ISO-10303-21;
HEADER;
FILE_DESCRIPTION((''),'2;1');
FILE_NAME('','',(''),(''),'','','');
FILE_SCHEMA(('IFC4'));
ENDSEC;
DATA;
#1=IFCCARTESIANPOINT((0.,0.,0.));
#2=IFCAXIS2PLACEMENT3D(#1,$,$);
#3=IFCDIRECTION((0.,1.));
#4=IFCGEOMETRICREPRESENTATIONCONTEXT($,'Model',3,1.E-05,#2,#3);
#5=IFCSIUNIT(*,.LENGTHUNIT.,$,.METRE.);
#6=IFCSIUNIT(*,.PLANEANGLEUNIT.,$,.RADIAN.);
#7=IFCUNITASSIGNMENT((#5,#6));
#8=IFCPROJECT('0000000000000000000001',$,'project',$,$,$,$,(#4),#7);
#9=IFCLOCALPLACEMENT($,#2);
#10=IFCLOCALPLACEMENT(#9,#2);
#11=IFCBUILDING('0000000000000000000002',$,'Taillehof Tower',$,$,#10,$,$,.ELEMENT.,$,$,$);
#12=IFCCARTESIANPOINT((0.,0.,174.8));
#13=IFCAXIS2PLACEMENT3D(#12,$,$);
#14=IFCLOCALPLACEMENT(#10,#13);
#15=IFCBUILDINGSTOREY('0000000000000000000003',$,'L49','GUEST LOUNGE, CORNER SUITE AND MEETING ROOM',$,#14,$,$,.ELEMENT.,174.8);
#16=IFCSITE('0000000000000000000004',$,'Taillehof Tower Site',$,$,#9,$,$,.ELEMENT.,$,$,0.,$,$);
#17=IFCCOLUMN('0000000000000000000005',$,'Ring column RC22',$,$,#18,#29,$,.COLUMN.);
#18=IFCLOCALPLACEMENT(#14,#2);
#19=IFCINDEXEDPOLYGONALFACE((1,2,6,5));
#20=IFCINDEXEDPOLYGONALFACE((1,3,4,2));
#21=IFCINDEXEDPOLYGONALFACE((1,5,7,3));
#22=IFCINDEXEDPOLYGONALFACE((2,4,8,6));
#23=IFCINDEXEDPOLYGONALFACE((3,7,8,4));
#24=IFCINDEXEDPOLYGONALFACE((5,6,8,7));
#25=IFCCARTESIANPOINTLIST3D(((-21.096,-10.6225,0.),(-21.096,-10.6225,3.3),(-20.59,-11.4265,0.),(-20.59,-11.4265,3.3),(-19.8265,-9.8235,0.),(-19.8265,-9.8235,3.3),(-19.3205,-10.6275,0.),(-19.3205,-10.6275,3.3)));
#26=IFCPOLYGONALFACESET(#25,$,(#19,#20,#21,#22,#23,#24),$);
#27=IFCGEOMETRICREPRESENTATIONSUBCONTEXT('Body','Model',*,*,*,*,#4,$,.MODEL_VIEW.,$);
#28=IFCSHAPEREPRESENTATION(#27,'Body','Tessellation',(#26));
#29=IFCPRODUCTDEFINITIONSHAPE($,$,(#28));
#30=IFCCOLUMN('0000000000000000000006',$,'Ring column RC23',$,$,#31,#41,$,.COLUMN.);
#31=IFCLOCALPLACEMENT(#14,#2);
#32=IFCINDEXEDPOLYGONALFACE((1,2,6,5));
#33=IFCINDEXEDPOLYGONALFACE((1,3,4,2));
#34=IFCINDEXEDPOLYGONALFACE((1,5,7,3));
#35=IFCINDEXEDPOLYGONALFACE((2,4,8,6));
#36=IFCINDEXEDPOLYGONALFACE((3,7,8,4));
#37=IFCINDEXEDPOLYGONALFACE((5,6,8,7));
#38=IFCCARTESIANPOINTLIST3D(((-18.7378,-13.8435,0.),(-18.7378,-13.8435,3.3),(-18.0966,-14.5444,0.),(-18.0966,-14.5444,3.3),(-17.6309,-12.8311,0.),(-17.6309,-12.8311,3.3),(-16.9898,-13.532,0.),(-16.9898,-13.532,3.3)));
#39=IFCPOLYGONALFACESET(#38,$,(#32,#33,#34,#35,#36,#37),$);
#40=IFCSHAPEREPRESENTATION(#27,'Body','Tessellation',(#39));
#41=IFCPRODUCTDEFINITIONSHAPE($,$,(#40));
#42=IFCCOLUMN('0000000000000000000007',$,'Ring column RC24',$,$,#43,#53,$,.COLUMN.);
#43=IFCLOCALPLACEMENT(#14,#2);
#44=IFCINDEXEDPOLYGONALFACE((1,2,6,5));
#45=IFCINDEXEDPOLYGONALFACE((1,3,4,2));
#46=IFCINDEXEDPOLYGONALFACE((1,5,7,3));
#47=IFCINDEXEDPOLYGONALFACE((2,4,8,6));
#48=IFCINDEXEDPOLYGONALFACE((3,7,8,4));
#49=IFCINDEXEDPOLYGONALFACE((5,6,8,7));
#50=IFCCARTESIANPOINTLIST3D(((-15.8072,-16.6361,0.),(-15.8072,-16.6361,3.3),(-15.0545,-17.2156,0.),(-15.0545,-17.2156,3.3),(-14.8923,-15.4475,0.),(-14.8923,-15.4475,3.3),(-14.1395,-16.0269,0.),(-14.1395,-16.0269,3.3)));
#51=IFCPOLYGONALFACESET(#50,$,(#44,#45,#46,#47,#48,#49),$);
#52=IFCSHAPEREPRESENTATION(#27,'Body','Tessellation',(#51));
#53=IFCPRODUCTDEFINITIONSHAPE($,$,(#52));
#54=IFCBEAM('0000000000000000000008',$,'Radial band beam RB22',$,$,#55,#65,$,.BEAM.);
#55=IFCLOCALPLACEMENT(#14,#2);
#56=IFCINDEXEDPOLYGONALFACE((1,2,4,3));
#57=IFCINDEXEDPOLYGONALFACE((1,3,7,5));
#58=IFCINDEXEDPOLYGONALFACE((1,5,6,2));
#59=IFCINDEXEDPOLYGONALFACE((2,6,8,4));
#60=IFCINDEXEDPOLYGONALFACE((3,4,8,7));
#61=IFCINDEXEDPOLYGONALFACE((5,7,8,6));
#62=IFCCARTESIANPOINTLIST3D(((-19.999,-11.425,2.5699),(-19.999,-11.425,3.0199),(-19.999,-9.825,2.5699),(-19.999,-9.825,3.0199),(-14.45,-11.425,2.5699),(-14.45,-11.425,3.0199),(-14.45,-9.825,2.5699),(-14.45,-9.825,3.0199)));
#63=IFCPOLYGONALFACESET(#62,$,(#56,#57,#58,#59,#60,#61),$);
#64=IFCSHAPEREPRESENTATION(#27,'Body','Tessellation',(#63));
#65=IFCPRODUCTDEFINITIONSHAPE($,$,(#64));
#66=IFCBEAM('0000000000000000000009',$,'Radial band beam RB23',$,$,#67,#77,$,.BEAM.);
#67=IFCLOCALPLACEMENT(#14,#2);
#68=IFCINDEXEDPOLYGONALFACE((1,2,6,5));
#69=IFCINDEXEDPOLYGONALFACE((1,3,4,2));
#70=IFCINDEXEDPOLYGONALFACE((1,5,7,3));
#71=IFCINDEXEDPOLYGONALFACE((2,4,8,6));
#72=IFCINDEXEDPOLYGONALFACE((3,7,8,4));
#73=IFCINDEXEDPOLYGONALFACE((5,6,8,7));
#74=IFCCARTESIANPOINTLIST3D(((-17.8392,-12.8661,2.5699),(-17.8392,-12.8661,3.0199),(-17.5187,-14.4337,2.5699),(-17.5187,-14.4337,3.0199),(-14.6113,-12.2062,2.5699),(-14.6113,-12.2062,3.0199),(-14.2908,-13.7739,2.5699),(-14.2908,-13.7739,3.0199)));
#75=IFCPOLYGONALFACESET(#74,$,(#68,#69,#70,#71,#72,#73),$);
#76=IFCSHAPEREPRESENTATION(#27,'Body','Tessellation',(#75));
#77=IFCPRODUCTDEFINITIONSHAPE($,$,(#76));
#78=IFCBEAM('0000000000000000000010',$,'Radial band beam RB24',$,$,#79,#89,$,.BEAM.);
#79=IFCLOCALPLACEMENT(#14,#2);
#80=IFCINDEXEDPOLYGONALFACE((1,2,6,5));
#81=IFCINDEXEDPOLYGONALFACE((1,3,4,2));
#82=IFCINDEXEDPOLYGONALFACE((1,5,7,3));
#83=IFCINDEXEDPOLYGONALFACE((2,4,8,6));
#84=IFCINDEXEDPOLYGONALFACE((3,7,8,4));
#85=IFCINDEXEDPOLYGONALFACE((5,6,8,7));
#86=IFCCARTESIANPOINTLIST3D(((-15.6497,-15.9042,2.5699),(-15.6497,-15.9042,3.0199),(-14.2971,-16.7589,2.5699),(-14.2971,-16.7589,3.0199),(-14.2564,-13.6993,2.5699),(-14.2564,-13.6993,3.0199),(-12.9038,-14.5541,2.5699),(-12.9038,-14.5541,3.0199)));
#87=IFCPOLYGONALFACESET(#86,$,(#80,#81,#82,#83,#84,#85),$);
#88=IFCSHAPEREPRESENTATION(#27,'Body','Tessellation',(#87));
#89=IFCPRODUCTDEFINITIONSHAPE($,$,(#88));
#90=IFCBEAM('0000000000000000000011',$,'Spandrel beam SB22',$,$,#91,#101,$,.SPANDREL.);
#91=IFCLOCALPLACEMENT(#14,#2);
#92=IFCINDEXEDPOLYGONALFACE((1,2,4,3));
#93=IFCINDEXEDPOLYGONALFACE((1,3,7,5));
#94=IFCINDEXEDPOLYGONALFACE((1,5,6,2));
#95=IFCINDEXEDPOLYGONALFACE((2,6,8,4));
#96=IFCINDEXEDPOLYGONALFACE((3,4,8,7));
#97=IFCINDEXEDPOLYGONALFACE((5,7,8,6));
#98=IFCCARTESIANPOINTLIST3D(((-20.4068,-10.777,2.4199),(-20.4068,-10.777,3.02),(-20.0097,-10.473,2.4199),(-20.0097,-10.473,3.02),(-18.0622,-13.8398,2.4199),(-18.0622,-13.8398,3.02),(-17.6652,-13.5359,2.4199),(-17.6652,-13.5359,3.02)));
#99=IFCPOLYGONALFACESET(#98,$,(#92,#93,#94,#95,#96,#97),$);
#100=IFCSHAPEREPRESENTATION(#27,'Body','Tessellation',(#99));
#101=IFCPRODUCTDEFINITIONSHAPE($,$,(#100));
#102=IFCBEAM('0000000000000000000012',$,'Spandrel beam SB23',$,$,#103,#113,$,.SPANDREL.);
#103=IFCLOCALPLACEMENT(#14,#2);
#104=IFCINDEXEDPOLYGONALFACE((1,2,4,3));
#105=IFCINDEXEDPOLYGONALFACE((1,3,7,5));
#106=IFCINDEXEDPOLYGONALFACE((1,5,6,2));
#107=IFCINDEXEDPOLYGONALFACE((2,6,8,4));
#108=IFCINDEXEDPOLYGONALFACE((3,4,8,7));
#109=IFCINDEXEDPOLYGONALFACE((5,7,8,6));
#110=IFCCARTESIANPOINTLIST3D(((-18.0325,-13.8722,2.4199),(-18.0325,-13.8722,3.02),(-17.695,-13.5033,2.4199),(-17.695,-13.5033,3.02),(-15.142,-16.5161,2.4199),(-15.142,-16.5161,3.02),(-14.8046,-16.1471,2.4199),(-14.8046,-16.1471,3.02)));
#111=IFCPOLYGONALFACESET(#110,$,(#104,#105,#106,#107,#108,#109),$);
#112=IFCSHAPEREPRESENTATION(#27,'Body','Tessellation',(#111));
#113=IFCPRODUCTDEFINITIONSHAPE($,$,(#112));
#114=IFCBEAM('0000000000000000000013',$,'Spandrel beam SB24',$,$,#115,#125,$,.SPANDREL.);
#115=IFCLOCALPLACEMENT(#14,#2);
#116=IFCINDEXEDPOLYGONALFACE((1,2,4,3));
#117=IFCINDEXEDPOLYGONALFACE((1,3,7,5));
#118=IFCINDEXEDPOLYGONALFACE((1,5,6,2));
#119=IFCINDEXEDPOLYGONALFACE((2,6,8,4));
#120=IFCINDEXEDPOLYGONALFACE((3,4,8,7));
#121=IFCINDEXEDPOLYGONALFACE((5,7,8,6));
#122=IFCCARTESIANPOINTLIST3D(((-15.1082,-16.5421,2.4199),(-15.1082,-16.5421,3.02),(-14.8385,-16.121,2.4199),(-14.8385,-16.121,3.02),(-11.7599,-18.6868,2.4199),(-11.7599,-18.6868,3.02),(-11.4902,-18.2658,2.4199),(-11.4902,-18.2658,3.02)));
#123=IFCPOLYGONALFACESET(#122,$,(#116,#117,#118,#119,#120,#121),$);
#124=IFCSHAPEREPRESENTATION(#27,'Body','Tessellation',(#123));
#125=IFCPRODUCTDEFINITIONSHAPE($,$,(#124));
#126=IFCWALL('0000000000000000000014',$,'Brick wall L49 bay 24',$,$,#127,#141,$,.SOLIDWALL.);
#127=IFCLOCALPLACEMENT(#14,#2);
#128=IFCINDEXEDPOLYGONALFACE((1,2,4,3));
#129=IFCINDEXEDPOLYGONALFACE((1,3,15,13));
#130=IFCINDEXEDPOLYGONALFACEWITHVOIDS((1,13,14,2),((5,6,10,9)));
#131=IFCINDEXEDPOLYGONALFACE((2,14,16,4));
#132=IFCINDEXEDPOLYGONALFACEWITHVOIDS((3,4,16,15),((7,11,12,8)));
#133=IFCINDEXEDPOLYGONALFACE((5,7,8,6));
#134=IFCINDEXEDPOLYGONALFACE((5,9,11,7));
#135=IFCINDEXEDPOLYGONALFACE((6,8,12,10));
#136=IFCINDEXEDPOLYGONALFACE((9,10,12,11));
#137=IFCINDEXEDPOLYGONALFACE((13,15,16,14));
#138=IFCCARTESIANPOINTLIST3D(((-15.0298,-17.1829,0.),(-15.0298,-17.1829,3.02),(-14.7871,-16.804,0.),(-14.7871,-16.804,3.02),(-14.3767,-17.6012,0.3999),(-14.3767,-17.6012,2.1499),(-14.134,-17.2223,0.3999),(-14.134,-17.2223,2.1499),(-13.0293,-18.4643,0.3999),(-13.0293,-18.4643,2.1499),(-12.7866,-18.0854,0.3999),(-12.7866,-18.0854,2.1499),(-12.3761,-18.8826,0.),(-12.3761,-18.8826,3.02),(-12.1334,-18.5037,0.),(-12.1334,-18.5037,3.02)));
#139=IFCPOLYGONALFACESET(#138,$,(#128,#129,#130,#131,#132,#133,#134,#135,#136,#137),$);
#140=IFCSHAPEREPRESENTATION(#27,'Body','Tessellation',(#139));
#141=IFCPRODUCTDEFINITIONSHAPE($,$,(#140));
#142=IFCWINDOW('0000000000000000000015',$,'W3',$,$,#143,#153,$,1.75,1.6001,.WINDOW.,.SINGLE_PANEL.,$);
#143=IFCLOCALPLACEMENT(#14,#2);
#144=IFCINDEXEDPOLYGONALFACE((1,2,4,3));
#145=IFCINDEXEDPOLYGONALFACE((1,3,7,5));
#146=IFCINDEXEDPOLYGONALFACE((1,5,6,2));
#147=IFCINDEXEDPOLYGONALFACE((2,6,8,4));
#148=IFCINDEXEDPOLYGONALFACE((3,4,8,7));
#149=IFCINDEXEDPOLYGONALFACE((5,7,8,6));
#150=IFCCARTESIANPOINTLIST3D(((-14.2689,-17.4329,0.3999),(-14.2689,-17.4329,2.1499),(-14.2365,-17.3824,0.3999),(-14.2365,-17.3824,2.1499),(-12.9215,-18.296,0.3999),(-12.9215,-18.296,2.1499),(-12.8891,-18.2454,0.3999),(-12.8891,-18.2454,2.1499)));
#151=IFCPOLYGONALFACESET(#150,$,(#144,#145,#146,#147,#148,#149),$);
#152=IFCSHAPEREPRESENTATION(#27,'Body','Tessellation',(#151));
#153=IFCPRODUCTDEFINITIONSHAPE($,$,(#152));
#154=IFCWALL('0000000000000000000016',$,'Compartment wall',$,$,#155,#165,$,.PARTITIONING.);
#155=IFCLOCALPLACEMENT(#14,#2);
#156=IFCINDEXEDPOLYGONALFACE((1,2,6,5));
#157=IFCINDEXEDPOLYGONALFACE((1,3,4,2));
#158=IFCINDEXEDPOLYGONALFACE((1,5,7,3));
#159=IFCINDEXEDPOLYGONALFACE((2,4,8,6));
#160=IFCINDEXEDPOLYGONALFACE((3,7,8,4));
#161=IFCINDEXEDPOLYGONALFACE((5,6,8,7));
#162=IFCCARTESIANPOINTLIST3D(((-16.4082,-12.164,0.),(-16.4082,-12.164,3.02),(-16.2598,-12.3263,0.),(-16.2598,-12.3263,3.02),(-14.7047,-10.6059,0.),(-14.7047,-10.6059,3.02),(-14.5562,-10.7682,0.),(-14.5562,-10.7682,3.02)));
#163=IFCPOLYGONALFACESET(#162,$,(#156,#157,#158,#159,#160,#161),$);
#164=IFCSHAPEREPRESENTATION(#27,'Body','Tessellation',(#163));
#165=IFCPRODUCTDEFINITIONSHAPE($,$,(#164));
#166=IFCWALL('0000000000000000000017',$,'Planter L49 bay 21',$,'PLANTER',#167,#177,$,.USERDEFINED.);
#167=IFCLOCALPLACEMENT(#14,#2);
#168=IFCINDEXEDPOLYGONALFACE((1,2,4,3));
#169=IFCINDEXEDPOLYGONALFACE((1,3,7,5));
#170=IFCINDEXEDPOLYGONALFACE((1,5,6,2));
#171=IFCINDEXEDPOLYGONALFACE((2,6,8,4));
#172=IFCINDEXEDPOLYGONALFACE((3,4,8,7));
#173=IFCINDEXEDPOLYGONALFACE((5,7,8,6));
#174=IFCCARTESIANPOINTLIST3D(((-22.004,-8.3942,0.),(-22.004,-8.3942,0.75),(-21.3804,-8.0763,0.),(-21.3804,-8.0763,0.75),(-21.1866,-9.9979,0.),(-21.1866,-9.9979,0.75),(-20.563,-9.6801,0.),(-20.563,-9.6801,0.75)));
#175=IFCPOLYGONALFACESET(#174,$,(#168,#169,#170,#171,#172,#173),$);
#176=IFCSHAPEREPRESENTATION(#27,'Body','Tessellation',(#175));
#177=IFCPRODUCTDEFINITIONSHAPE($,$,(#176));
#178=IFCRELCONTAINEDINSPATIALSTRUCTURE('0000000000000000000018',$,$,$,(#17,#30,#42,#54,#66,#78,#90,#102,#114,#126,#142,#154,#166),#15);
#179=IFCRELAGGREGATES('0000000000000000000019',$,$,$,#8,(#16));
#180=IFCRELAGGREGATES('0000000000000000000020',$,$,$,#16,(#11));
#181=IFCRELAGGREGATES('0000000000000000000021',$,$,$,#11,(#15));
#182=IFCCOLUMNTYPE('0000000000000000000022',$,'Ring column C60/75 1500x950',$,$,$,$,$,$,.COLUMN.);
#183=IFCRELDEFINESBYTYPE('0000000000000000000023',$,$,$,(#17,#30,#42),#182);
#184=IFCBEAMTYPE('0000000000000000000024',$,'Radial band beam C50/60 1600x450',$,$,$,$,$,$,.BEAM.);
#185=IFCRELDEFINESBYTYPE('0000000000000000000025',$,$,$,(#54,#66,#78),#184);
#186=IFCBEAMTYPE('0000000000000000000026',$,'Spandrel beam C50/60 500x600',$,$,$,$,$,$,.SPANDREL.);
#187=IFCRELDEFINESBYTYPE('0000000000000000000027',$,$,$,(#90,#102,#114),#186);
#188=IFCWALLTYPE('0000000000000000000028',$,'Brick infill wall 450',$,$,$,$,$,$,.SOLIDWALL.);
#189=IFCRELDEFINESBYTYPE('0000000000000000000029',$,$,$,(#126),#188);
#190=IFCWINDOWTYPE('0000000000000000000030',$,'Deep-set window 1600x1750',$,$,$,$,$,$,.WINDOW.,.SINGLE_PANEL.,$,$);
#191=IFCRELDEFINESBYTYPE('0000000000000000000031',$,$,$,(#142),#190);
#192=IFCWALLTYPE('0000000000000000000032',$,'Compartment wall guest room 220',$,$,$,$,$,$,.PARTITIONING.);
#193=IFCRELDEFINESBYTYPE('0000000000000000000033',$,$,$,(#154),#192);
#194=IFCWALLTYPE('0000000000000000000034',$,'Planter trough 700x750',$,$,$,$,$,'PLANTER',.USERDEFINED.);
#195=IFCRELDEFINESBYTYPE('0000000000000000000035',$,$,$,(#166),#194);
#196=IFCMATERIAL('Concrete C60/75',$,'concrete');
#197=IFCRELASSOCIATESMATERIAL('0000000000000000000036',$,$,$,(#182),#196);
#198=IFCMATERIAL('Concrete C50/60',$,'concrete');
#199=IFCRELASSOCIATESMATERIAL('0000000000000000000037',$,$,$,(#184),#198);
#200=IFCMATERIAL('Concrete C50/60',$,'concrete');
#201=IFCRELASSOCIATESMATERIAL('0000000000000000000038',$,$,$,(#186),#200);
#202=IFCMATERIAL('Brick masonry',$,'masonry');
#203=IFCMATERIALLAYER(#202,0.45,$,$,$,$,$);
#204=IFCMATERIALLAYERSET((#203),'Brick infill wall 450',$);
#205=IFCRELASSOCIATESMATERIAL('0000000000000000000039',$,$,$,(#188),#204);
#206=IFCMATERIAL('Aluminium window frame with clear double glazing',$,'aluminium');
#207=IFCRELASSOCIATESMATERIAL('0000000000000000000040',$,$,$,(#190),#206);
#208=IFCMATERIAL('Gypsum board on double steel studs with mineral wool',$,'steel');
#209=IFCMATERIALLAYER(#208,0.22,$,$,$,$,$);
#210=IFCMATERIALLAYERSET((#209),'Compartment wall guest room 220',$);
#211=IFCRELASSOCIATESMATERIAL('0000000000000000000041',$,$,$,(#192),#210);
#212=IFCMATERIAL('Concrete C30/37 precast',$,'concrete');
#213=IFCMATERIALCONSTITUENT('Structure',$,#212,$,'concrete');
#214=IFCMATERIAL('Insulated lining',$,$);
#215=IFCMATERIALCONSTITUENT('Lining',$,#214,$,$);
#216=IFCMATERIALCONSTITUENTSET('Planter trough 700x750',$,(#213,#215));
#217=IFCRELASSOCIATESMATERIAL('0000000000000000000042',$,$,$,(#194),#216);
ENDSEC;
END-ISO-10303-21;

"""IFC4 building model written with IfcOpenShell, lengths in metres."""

from ifc_helpers import new_model, si_unit, direction, frame, frame_2d, origin, origin_2d, place, context, subcontext, project, spatial, rectangle, extrude, material, layer, layer_set, constituent, constituent_set, material_profile, profile_set, type_object, element, fill, save


model = new_model("IFC4")

# Units and contexts
model_context = context("Model", 3, precision=1e-05, world=origin(), true_north=direction((0.0, 1.0)))
body_context = subcontext(model_context, "Body", "Model", "MODEL_VIEW")
ifc_project = project(units=[si_unit("LENGTHUNIT", "METRE"), si_unit("PLANEANGLEUNIT", "RADIAN")], contexts=[model_context])

# Site, building, storey
site_placement = place(None, origin())
site = spatial("IfcSite", under=ifc_project, at=site_placement, Name="Taillehof Tower Site", CompositionType="ELEMENT", RefElevation=0.0)
building_placement = place(site_placement, origin())
building = spatial("IfcBuilding", under=site, at=building_placement, Name="Taillehof Tower", CompositionType="ELEMENT")
storey_placement = place(building_placement, frame((0.0, 0.0, 174.8)))
storey = spatial("IfcBuildingStorey", under=building, at=storey_placement, Name="L49", Description="GUEST LOUNGE, CORNER SUITE AND MEETING ROOM", CompositionType="ELEMENT", Elevation=174.8)

# Columns
ifc_material_1 = material(Name="Concrete C60/75", Category="concrete")
ifc_material_profile_1 = material_profile(ifc_material_1, rectangle(XDim=1.5, YDim=0.95, at=origin_2d()), Name="RC 1500x950")
ifc_profile_set_1 = profile_set([ifc_material_profile_1], Name="Concrete C60/75")
column_type = type_object("IfcColumnType", Name="Ring column C60/75 1500x950", PredefinedType="COLUMN", material=ifc_profile_set_1)
for number, where, z_axis, x_axis, name in (
    (1, (-20.2083, -10.625, 0.0), (0.0, 0.0, 1.0), (-0.846334, -0.532652, 0.0), "Ring column RC22"),
    (2, (-17.8638, -13.6877, 0.0), (0.0, 0.0, 1.0), (-0.737879, -0.674933, 0.0), "Ring column RC23"),
    (3, (-14.9734, -16.3315, 0.0), (0.0, 0.0, 1.0), (-0.609971, -0.792424, 0.0), "Ring column RC24"),
):
    element("IfcColumn", number, at=place(storey_placement, frame(where, z_axis=z_axis, x_axis=x_axis)), inside=storey, type_object=column_type, Name=name, PredefinedType="COLUMN", context=body_context, shape_type="SweptSolid", body=[
        extrude(rectangle(XDim=1.5, YDim=0.95, at=origin_2d()), origin(), (0.0, 0.0, 1.0), 3.3),
    ])

# Beams
ifc_material_2 = material(Name="Concrete C50/60", Category="concrete")
ifc_material_profile_2 = material_profile(ifc_material_2, rectangle(XDim=1.6001, YDim=0.45, at=origin_2d()), Name="RC 1600x450")
ifc_profile_set_2 = profile_set([ifc_material_profile_2], Name="Concrete C50/60")
beam_type_1 = type_object("IfcBeamType", Name="Radial band beam C50/60 1600x450", PredefinedType="BEAM", material=ifc_profile_set_2)
beam_1_placement = place(storey_placement, frame((-19.999, -10.625, 2.7949), z_axis=(1.0, 0.0, 0.0), x_axis=(0.0, 1.0, 0.0)))
element("IfcBeam", 4, at=beam_1_placement, inside=storey, type_object=beam_type_1, Name="Radial band beam RB22", PredefinedType="BEAM", context=body_context, shape_type="SweptSolid", body=[
    extrude(rectangle(XDim=1.6001, YDim=0.45, at=origin_2d()), origin(), (0.0, 0.0, 1.0), 5.5491),
])
beam_2_placement = place(storey_placement, frame((-17.679, -13.6499, 2.7949), z_axis=(0.979737, 0.20029, 0.0), x_axis=(-0.20029, 0.979737, 0.0)))
element("IfcBeam", 5, at=beam_2_placement, inside=storey, type_object=beam_type_1, Name="Radial band beam RB23", PredefinedType="BEAM", context=body_context, shape_type="SweptSolid", body=[
    extrude(rectangle(XDim=1.6001, YDim=0.45, at=origin_2d()), origin(), (0.0, 0.0, 1.0), 3.2947),
])
beam_3_placement = place(storey_placement, frame((-14.9734, -16.3315, 2.7949), z_axis=(0.534208, 0.845353, 0.0), x_axis=(-0.845353, 0.534208, 0.0)))
element("IfcBeam", 6, at=beam_3_placement, inside=storey, type_object=beam_type_1, Name="Radial band beam RB24", PredefinedType="BEAM", context=body_context, shape_type="SweptSolid", body=[
    extrude(rectangle(XDim=1.6001, YDim=0.45, at=origin_2d()), origin(), (0.0, 0.0, 1.0), 2.6082),
])
ifc_material_3 = material(Name="Concrete C50/60", Category="concrete")
ifc_material_profile_3 = material_profile(ifc_material_3, rectangle(XDim=0.5, YDim=0.6001, at=origin_2d()), Name="RC 500x600")
ifc_profile_set_3 = profile_set([ifc_material_profile_3], Name="Concrete C50/60")
beam_type_2 = type_object("IfcBeamType", Name="Spandrel beam C50/60 500x600", PredefinedType="SPANDREL", material=ifc_profile_set_3)
beam_4_placement = place(storey_placement, frame((-20.2083, -10.625, 2.72), z_axis=(0.60784, -0.794059, 0.0), x_axis=(0.794059, 0.60784, 0.0)))
element("IfcBeam", 7, at=beam_4_placement, inside=storey, type_object=beam_type_2, Name="Spandrel beam SB22", PredefinedType="SPANDREL", context=body_context, shape_type="SweptSolid", body=[
    extrude(rectangle(XDim=0.5, YDim=0.6001, at=origin_2d()), origin(), (0.0, 0.0, 1.0), 3.8572),
])
beam_5_placement = place(storey_placement, frame((-17.8638, -13.6877, 2.72), z_axis=(0.737881, -0.674931, 0.0), x_axis=(0.674931, 0.737881, 0.0)))
element("IfcBeam", 8, at=beam_5_placement, inside=storey, type_object=beam_type_2, Name="Spandrel beam SB23", PredefinedType="SPANDREL", context=body_context, shape_type="SweptSolid", body=[
    extrude(rectangle(XDim=0.5, YDim=0.6001, at=origin_2d()), origin(), (0.0, 0.0, 1.0), 3.9172),
])
beam_6_placement = place(storey_placement, frame((-14.9734, -16.3315, 2.72), z_axis=(0.842065, -0.539376, 0.0), x_axis=(0.539376, 0.842065, 0.0)))
element("IfcBeam", 9, at=beam_6_placement, inside=storey, type_object=beam_type_2, Name="Spandrel beam SB24", PredefinedType="SPANDREL", context=body_context, shape_type="SweptSolid", body=[
    extrude(rectangle(XDim=0.5, YDim=0.6001, at=origin_2d()), origin(), (0.0, 0.0, 1.0), 3.9763),
])

# Wall, opening, window
ifc_material_4 = material(Name="Brick masonry", Category="masonry")
ifc_layer_1 = layer(ifc_material_4, 0.45)
ifc_layer_set_1 = layer_set([ifc_layer_1], Name="Brick infill wall 450")
wall_type_1 = type_object("IfcWallType", Name="Brick infill wall 450", PredefinedType="SOLIDWALL", material=ifc_layer_set_1)
wall_1_placement = place(storey_placement, frame((-14.9084, -16.9934, 0.0), z_axis=(0.0, 0.0, 1.0), x_axis=(0.842066, -0.539375, 0.0)))
wall_1 = element("IfcWall", 10, at=wall_1_placement, inside=storey, type_object=wall_type_1, Name="Brick wall L49 bay 24", PredefinedType="SOLIDWALL", context=body_context, shape_type="SweptSolid", body=[
    extrude(rectangle(XDim=3.1514, YDim=0.45, at=frame_2d((1.5757, 0.0))), origin(), (0.0, 0.0, 1.0), 3.02),
])
opening_1_placement = place(wall_1_placement, frame((0.7756, 0.0, 0.3999)))
opening_1 = element("IfcOpeningElement", 11, at=opening_1_placement, cuts=wall_1, PredefinedType="OPENING", context=body_context, shape_type="SweptSolid", body=[
    extrude(rectangle(XDim=1.6001, YDim=1.75, at=frame_2d((0.8, 0.875))), frame((0.0, 0.2349, 0.0), z_axis=(0.0, -1.0, 0.0), x_axis=(1.0, 0.0, 0.0)), (0.0, 0.0, 1.0), 0.47),
])
ifc_material_5 = material(Name="Aluminium window frame with clear double glazing", Category="aluminium")
window_type_1 = type_object("IfcWindowType", Name="Deep-set window 1600x1750", PartitioningType="SINGLE_PANEL", PredefinedType="WINDOW", material=ifc_material_5)
window_1_placement = place(opening_1_placement, origin())
window_1 = element("IfcWindow", 12, at=window_1_placement, inside=storey, type_object=window_type_1, Name="W3", OverallHeight=1.75, OverallWidth=1.6001, PartitioningType="SINGLE_PANEL", PredefinedType="WINDOW", context=body_context, shape_type="SweptSolid", body=[
    extrude(rectangle(XDim=1.6001, YDim=1.75, at=frame_2d((0.8, 0.875))), frame((0.0, 0.0349, 0.0), z_axis=(0.0, -1.0, 0.0), x_axis=(1.0, 0.0, 0.0)), (0.0, 0.0, 1.0), 0.0601),
])
fill(opening_1, window_1)

# Walls
ifc_material_6 = material(Name="Gypsum board on double steel studs with mineral wool", Category="steel")
ifc_layer_2 = layer(ifc_material_6, 0.22)
ifc_layer_set_2 = layer_set([ifc_layer_2], Name="Compartment wall guest room 220")
wall_type_2 = type_object("IfcWallType", Name="Compartment wall guest room 220", PredefinedType="PARTITIONING", material=ifc_layer_set_2)
wall_2_placement = place(storey_placement, frame((-16.334, -12.2451, 0.0), z_axis=(0.0, 0.0, 1.0), x_axis=(0.737917, 0.674891, 0.0)))
element("IfcWall", 13, at=wall_2_placement, inside=storey, type_object=wall_type_2, Name="Compartment wall", PredefinedType="PARTITIONING", context=body_context, shape_type="SweptSolid", body=[
    extrude(rectangle(XDim=2.3086, YDim=0.22, at=frame_2d((1.1543, 0.0))), origin(), (0.0, 0.0, 1.0), 3.02),
])
ifc_material_7 = material(Name="Concrete C30/37 precast", Category="concrete")
ifc_constituent_1 = constituent(ifc_material_7, Name="Structure", Category="concrete")
ifc_material_8 = material(Name="Insulated lining")
ifc_constituent_2 = constituent(ifc_material_8, Name="Lining")
ifc_constituent_set = constituent_set(constituents=[ifc_constituent_1, ifc_constituent_2], Name="Planter trough 700x750")
wall_type_3 = type_object("IfcWallType", Name="Planter trough 700x750", ElementType="PLANTER", PredefinedType="USERDEFINED", material=ifc_constituent_set)
for number, where, z_axis, x_axis, name in (
    (14, (-21.6921, -8.2354, 0.0), (0.0, 0.0, 1.0), (0.45409, -0.890956, 0.0), "Planter L49 bay 21"),
):
    element("IfcWall", number, at=place(storey_placement, frame(where, z_axis=z_axis, x_axis=x_axis)), inside=storey, type_object=wall_type_3, Name=name, ObjectType="PLANTER", PredefinedType="USERDEFINED", context=body_context, shape_type="SweptSolid", body=[
        extrude(rectangle(XDim=1.8, YDim=0.7, at=frame_2d((0.8999, 0.0))), origin(), (0.0, 0.0, 1.0), 0.75),
    ])

save(model, "model.ifc")
